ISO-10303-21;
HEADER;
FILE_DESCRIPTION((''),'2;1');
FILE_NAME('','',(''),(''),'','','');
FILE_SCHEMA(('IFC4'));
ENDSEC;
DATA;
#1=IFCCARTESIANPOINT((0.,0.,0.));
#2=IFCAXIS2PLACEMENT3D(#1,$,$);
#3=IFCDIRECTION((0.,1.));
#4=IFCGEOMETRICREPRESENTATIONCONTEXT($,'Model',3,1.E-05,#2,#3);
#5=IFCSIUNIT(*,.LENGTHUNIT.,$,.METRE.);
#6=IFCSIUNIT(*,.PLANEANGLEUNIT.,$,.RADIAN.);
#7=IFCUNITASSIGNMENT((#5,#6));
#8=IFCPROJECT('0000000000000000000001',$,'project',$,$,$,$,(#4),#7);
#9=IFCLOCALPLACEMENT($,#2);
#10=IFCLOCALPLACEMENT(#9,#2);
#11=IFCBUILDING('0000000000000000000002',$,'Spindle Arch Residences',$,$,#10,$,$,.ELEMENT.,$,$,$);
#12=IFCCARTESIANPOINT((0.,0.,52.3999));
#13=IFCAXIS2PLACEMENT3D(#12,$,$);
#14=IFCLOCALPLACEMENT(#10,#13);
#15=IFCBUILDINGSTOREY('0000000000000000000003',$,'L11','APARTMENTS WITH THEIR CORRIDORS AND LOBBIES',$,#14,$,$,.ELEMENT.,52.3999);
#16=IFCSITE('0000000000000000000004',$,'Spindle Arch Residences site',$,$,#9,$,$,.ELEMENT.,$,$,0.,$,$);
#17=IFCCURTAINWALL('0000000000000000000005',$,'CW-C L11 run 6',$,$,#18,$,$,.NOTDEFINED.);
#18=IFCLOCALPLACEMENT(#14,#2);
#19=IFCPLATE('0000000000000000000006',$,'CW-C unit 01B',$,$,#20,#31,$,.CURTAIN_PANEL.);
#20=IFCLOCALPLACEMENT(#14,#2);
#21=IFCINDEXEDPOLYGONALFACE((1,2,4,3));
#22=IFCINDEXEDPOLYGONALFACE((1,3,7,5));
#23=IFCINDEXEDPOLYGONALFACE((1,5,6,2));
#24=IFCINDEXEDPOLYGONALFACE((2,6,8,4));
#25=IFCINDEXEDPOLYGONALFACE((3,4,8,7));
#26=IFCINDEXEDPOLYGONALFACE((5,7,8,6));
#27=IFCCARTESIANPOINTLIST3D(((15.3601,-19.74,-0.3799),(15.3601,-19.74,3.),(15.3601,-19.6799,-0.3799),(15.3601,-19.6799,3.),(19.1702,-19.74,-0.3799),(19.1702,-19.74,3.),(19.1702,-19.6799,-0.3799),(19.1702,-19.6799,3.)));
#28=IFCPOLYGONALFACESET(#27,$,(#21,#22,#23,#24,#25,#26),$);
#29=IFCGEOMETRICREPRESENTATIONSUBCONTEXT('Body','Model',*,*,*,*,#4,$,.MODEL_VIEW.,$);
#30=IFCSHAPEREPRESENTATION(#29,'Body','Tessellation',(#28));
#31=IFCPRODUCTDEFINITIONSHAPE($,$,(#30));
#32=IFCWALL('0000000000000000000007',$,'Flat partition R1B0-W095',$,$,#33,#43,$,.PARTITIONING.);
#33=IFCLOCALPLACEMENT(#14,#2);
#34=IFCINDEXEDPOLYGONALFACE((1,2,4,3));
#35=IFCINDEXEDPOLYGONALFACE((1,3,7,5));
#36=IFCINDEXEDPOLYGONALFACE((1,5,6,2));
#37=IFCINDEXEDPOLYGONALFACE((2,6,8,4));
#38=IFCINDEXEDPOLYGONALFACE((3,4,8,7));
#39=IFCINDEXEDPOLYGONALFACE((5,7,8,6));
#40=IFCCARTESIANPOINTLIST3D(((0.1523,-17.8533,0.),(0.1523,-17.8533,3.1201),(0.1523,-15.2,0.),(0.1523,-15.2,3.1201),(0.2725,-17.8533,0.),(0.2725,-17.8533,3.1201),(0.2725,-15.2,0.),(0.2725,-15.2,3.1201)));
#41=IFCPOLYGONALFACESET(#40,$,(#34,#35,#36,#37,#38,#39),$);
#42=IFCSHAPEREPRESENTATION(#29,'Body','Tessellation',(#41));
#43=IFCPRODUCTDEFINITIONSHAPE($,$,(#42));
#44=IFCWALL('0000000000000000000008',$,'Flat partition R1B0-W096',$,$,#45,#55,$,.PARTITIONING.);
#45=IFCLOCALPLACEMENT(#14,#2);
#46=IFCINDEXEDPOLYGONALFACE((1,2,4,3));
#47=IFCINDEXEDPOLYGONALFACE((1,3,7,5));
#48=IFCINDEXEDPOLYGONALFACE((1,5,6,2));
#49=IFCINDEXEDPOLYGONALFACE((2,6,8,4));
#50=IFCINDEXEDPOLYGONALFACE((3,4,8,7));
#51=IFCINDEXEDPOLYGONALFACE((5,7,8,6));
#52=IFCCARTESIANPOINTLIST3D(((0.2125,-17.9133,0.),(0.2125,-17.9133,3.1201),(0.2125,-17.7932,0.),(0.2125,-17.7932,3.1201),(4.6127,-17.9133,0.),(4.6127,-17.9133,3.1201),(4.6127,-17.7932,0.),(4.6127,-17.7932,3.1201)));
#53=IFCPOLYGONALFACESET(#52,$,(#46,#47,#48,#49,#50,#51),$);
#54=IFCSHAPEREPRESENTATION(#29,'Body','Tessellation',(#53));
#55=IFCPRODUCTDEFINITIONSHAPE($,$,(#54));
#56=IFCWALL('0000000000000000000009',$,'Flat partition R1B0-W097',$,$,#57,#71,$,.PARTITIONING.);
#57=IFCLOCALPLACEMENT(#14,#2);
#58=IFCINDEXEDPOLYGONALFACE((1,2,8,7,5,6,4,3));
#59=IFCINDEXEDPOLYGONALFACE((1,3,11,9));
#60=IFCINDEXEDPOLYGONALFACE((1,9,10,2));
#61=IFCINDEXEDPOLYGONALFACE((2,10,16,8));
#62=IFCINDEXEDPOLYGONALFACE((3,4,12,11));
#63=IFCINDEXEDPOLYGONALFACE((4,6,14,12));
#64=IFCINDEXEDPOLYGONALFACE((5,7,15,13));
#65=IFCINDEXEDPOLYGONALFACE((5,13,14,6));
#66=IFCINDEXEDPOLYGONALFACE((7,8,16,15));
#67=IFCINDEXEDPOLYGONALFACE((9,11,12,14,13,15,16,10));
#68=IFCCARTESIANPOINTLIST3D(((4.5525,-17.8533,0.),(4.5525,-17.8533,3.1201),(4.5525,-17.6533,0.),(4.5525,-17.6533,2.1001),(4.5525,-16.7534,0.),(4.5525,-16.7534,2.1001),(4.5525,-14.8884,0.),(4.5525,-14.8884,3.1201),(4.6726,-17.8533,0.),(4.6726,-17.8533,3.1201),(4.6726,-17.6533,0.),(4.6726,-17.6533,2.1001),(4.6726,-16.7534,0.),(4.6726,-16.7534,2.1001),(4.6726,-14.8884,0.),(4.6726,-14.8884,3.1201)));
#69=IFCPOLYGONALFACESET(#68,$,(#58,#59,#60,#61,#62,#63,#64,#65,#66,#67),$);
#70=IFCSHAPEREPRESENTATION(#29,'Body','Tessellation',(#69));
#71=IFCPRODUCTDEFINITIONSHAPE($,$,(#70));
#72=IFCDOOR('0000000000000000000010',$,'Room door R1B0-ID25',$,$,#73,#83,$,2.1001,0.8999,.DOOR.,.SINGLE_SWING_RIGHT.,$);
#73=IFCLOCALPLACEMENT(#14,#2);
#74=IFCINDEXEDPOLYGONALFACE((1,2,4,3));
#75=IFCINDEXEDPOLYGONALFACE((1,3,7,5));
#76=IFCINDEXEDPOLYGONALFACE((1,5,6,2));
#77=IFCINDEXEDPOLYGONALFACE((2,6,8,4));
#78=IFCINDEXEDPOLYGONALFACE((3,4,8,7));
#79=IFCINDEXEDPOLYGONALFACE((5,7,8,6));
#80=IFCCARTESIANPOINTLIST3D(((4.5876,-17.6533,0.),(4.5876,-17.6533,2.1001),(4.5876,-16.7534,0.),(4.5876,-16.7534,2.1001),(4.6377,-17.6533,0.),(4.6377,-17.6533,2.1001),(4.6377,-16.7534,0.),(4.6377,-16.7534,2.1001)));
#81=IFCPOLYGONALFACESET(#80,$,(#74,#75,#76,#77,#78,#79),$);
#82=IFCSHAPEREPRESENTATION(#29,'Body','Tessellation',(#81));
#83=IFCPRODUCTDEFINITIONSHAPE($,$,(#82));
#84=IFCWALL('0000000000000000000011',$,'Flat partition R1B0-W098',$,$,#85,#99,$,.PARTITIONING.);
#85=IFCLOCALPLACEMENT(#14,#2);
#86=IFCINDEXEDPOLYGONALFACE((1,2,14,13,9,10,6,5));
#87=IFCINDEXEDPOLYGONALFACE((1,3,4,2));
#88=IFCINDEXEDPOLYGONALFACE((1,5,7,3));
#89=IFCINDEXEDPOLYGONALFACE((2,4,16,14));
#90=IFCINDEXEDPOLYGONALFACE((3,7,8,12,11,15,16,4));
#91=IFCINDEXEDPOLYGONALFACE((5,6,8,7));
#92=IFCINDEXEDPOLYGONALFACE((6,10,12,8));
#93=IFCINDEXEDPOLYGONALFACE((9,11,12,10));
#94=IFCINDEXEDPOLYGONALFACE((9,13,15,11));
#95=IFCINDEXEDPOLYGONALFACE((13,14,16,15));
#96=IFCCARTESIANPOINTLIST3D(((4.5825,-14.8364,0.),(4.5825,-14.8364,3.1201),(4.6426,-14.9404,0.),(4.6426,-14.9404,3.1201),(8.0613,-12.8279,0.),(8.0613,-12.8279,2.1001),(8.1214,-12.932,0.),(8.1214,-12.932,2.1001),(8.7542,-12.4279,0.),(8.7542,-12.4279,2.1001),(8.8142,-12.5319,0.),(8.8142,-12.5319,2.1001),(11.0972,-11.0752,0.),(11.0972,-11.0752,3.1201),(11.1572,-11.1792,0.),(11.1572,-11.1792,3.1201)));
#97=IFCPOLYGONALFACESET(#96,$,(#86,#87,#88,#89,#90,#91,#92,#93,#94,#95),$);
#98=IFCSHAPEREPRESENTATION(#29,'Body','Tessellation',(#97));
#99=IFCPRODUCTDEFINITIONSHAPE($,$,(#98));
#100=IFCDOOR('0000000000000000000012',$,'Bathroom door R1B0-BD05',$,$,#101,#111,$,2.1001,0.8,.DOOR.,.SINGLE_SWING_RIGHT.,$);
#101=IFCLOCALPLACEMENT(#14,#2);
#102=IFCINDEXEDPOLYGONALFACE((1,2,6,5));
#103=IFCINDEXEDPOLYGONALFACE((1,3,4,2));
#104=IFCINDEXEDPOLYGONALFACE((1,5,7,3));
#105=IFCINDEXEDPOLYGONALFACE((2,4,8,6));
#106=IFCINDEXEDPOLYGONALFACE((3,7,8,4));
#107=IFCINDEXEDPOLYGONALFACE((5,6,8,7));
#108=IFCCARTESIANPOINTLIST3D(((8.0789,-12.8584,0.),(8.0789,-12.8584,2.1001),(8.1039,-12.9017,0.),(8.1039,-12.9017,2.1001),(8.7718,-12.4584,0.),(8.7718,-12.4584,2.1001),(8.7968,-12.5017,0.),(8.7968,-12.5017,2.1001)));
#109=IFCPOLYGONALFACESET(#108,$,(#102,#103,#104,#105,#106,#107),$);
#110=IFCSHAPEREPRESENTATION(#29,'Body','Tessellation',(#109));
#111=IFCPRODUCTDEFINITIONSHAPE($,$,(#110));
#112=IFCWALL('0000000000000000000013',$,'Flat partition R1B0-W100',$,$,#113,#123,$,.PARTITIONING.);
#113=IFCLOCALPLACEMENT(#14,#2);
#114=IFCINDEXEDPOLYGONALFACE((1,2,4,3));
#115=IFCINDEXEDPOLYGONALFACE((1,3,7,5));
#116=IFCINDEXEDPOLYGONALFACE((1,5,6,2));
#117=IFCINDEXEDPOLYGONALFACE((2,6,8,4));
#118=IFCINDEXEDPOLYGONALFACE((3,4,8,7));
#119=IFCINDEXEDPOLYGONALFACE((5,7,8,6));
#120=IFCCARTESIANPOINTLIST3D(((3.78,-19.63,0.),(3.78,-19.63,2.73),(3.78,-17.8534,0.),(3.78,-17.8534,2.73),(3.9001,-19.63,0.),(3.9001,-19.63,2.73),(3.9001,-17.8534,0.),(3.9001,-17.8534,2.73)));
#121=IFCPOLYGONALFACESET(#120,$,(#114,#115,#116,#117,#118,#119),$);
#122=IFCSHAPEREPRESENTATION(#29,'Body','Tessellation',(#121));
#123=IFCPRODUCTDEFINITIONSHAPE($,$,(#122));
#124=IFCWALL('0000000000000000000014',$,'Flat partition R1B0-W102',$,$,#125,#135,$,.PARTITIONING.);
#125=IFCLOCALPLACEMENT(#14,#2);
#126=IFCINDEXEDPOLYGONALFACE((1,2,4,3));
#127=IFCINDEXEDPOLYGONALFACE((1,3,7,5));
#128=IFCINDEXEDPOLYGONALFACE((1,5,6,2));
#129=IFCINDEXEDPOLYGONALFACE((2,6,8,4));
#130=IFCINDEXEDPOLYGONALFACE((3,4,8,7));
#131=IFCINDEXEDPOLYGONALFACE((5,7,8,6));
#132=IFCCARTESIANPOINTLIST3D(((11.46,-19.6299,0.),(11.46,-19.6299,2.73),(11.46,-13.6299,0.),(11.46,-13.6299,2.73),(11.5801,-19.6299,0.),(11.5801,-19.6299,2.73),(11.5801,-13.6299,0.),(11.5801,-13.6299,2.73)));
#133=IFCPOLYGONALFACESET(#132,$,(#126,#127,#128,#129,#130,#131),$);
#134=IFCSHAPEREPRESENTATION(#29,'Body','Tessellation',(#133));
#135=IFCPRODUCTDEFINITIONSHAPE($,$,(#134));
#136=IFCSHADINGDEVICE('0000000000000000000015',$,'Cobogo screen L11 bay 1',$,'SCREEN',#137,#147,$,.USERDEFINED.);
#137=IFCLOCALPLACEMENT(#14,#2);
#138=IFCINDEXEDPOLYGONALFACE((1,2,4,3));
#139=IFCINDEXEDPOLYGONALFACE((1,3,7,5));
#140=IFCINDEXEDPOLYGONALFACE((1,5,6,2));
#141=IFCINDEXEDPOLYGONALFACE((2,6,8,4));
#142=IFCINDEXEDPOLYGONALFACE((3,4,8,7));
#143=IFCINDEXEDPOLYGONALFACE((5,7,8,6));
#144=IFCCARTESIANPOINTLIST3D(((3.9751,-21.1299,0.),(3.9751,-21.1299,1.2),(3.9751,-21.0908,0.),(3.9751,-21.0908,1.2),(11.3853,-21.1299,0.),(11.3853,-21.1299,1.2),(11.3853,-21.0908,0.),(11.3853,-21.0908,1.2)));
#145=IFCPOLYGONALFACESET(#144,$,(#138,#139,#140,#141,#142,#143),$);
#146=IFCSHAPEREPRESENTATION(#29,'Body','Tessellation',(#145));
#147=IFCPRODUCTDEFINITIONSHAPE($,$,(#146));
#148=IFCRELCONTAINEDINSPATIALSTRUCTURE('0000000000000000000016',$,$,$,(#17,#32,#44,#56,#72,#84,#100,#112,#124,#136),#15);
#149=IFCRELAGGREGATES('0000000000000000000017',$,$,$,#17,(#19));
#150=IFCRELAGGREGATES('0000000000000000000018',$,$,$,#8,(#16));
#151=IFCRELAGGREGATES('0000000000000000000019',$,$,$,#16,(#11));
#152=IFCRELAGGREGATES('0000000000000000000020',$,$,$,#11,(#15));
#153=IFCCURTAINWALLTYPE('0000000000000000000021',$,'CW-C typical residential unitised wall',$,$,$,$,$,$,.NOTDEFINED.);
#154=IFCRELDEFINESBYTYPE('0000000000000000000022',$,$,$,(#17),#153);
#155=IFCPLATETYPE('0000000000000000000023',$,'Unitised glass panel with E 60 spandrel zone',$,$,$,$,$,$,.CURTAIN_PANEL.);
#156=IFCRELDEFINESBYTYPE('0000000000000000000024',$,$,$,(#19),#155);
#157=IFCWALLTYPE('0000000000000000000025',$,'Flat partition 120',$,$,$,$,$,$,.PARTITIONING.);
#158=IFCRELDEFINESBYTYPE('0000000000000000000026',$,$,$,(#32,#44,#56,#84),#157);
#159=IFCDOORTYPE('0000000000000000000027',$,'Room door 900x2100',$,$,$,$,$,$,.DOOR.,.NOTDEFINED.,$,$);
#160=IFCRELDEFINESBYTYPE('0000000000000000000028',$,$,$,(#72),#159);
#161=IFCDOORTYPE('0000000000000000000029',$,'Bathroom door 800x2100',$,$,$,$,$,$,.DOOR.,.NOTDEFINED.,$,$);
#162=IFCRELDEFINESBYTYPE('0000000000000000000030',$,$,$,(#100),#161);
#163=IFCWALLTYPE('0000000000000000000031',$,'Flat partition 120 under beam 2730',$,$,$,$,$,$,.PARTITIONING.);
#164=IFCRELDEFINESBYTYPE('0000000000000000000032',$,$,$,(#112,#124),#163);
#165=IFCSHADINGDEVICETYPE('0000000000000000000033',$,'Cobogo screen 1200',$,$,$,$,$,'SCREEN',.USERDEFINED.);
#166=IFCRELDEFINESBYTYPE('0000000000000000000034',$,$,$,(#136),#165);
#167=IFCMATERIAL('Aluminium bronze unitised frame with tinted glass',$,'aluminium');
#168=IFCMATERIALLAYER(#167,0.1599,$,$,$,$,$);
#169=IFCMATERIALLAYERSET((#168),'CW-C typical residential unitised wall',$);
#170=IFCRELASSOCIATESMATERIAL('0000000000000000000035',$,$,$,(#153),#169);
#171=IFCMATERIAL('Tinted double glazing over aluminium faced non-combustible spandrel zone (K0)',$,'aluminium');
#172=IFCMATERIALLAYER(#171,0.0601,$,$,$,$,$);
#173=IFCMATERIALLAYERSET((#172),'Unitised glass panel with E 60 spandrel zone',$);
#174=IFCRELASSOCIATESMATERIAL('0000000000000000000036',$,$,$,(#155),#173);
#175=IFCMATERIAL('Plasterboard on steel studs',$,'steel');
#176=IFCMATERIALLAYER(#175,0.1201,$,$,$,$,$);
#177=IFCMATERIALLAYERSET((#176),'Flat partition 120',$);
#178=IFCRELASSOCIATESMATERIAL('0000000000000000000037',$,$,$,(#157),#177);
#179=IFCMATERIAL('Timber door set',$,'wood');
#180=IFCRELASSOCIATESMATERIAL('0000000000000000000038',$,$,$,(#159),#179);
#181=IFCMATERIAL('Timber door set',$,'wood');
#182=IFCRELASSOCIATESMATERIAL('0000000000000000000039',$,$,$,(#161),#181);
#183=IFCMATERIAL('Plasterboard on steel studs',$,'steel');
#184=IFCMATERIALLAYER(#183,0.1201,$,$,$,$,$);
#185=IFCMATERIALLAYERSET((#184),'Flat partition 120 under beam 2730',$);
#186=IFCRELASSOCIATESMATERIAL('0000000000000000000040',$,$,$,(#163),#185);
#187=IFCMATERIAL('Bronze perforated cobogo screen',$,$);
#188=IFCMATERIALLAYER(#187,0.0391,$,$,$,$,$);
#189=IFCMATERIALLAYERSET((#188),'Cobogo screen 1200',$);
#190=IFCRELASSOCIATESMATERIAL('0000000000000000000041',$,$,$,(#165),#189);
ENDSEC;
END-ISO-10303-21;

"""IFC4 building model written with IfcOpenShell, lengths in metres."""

from ifc_helpers import new_model, si_unit, direction, frame, frame_2d, origin, origin_2d, place, context, subcontext, project, spatial, rectangle, extrude, material, layer, layer_set, type_object, element, fill, aggregate, save


model = new_model("IFC4")

# Units and contexts
model_context = context("Model", 3, precision=1e-05, world=origin(), true_north=direction((0.0, 1.0)))
body_context = subcontext(model_context, "Body", "Model", "MODEL_VIEW")
ifc_project = project(units=[si_unit("LENGTHUNIT", "METRE"), si_unit("PLANEANGLEUNIT", "RADIAN")], contexts=[model_context])

# Site, building, storey
site_placement = place(None, origin())
site = spatial("IfcSite", under=ifc_project, at=site_placement, Name="Spindle Arch Residences site", CompositionType="ELEMENT", RefElevation=0.0)
building_placement = place(site_placement, origin())
building = spatial("IfcBuilding", under=site, at=building_placement, Name="Spindle Arch Residences", CompositionType="ELEMENT")
storey_placement = place(building_placement, frame((0.0, 0.0, 52.3999)))
storey = spatial("IfcBuildingStorey", under=building, at=storey_placement, Name="L11", Description="APARTMENTS WITH THEIR CORRIDORS AND LOBBIES", CompositionType="ELEMENT", Elevation=52.3999)

# Curtain wall
ifc_material_1 = material(Name="Aluminium bronze unitised frame with tinted glass", Category="aluminium")
ifc_layer_1 = layer(ifc_material_1, 0.1599)
ifc_layer_set_1 = layer_set([ifc_layer_1], Name="CW-C typical residential unitised wall")
curtain_wall_type = type_object("IfcCurtainWallType", Name="CW-C typical residential unitised wall", PredefinedType="NOTDEFINED", material=ifc_layer_set_1)
curtain_wall_placement = place(storey_placement, origin())
curtain_wall = element("IfcCurtainWall", 1, at=curtain_wall_placement, inside=storey, type_object=curtain_wall_type, Name="CW-C L11 run 6", PredefinedType="NOTDEFINED")

# Plate
ifc_material_2 = material(Name="Tinted double glazing over aluminium faced non-combustible spandrel zone (K0)", Category="aluminium")
ifc_layer_2 = layer(ifc_material_2, 0.0601)
ifc_layer_set_2 = layer_set([ifc_layer_2], Name="Unitised glass panel with E 60 spandrel zone")
plate_type = type_object("IfcPlateType", Name="Unitised glass panel with E 60 spandrel zone", PredefinedType="CURTAIN_PANEL", material=ifc_layer_set_2)
plate_1_placement = place(storey_placement, frame((17.2651, -19.71, -0.3799), z_axis=(0.0, 0.0, 1.0), x_axis=(1.0, 0.0, 0.0)))
plate_1 = element("IfcPlate", 2, at=plate_1_placement, type_object=plate_type, Name="CW-C unit 01B", PredefinedType="CURTAIN_PANEL", context=body_context, shape_type="SweptSolid", body=[
    extrude(rectangle(XDim=3.8101, YDim=0.0601, at=origin_2d()), origin(), (0.0, 0.0, 1.0), 3.3799),
])
aggregate(curtain_wall, [plate_1])

# Walls
ifc_material_3 = material(Name="Plasterboard on steel studs", Category="steel")
ifc_layer_3 = layer(ifc_material_3, 0.1201)
ifc_layer_set_3 = layer_set([ifc_layer_3], Name="Flat partition 120")
wall_type_1 = type_object("IfcWallType", Name="Flat partition 120", PredefinedType="PARTITIONING", material=ifc_layer_set_3)
wall_1_placement = place(storey_placement, frame((0.2124, -15.2, 0.0), z_axis=(0.0, 0.0, 1.0), x_axis=(0.0, -1.0, 0.0)))
element("IfcWall", 3, at=wall_1_placement, inside=storey, type_object=wall_type_1, Name="Flat partition R1B0-W095", PredefinedType="PARTITIONING", context=body_context, shape_type="SweptSolid", body=[
    extrude(rectangle(XDim=2.6533, YDim=0.1201, at=frame_2d((1.3267, 0.0))), origin(), (0.0, 0.0, 1.0), 3.1201),
])
wall_2_placement = place(storey_placement, frame((0.2124, -17.8533, 0.0), z_axis=(0.0, 0.0, 1.0), x_axis=(1.0, 0.0, 0.0)))
element("IfcWall", 4, at=wall_2_placement, inside=storey, type_object=wall_type_1, Name="Flat partition R1B0-W096", PredefinedType="PARTITIONING", context=body_context, shape_type="SweptSolid", body=[
    extrude(rectangle(XDim=4.4001, YDim=0.1201, at=frame_2d((2.2002, 0.0))), origin(), (0.0, 0.0, 1.0), 3.1201),
])

# Walls, openings, doors
wall_3_placement = place(storey_placement, frame((4.6125, -17.8533, 0.0), z_axis=(0.0, 0.0, 1.0), x_axis=(0.0, 1.0, 0.0)))
wall_3 = element("IfcWall", 5, at=wall_3_placement, inside=storey, type_object=wall_type_1, Name="Flat partition R1B0-W097", PredefinedType="PARTITIONING", context=body_context, shape_type="SweptSolid", body=[
    extrude(rectangle(XDim=2.9648, YDim=0.1201, at=frame_2d((1.4824, 0.0))), origin(), (0.0, 0.0, 1.0), 3.1201),
])
opening_1_placement = place(wall_3_placement, frame((0.2, 0.0, 0.0)))
opening_1 = element("IfcOpeningElement", 6, at=opening_1_placement, cuts=wall_3, PredefinedType="OPENING", context=body_context, shape_type="SweptSolid", body=[
    extrude(rectangle(XDim=0.8999, YDim=2.1001, at=frame_2d((0.45, 1.05))), frame((0.0, 0.0701, 0.0), z_axis=(0.0, -1.0, 0.0), x_axis=(1.0, 0.0, 0.0)), (0.0, 0.0, 1.0), 0.1401),
])
ifc_material_4 = material(Name="Timber door set", Category="wood")
door_type_1 = type_object("IfcDoorType", Name="Room door 900x2100", OperationType="NOTDEFINED", PredefinedType="DOOR", material=ifc_material_4)
door_1_placement = place(opening_1_placement, origin())
door_1 = element("IfcDoor", 7, at=door_1_placement, inside=storey, type_object=door_type_1, Name="Room door R1B0-ID25", OperationType="SINGLE_SWING_RIGHT", OverallHeight=2.1001, OverallWidth=0.8999, PredefinedType="DOOR", context=body_context, shape_type="SweptSolid", body=[
    extrude(rectangle(XDim=0.8999, YDim=2.1001, at=frame_2d((0.45, 1.05))), frame((0.0, 0.0249, 0.0), z_axis=(0.0, -1.0, 0.0), x_axis=(1.0, 0.0, 0.0)), (0.0, 0.0, 1.0), 0.05),
])
fill(opening_1, door_1)
wall_4_placement = place(storey_placement, frame((4.6125, -14.8884, 0.0), z_axis=(0.0, 0.0, 1.0), x_axis=(0.866026, 0.5, 0.0)))
wall_4 = element("IfcWall", 8, at=wall_4_placement, inside=storey, type_object=wall_type_1, Name="Flat partition R1B0-W098", PredefinedType="PARTITIONING", context=body_context, shape_type="SweptSolid", body=[
    extrude(rectangle(XDim=7.5225, YDim=0.1201, at=frame_2d((3.7612, 0.0))), origin(), (0.0, 0.0, 1.0), 3.1201),
])
opening_2_placement = place(wall_4_placement, frame((4.0171, 0.0, 0.0)))
opening_2 = element("IfcOpeningElement", 9, at=opening_2_placement, cuts=wall_4, PredefinedType="OPENING", context=body_context, shape_type="SweptSolid", body=[
    extrude(rectangle(XDim=0.8, YDim=2.1001, at=frame_2d((0.3999, 1.05))), frame((0.0, 0.0701, 0.0), z_axis=(0.0, -1.0, 0.0), x_axis=(1.0, 0.0, 0.0)), (0.0, 0.0, 1.0), 0.1401),
])
ifc_material_5 = material(Name="Timber door set", Category="wood")
door_type_2 = type_object("IfcDoorType", Name="Bathroom door 800x2100", OperationType="NOTDEFINED", PredefinedType="DOOR", material=ifc_material_5)
door_2_placement = place(opening_2_placement, origin())
door_2 = element("IfcDoor", 10, at=door_2_placement, inside=storey, type_object=door_type_2, Name="Bathroom door R1B0-BD05", OperationType="SINGLE_SWING_RIGHT", OverallHeight=2.1001, OverallWidth=0.8, PredefinedType="DOOR", context=body_context, shape_type="SweptSolid", body=[
    extrude(rectangle(XDim=0.8, YDim=2.1001, at=frame_2d((0.3999, 1.05))), frame((0.0, 0.0249, 0.0), z_axis=(0.0, -1.0, 0.0), x_axis=(1.0, 0.0, 0.0)), (0.0, 0.0, 1.0), 0.05),
])
fill(opening_2, door_2)

# Walls
ifc_material_6 = material(Name="Plasterboard on steel studs", Category="steel")
ifc_layer_4 = layer(ifc_material_6, 0.1201)
ifc_layer_set_4 = layer_set([ifc_layer_4], Name="Flat partition 120 under beam 2730")
wall_type_2 = type_object("IfcWallType", Name="Flat partition 120 under beam 2730", PredefinedType="PARTITIONING", material=ifc_layer_set_4)
wall_5_placement = place(storey_placement, frame((3.8401, -19.6299, 0.0), z_axis=(0.0, 0.0, 1.0), x_axis=(0.0, 1.0, 0.0)))
element("IfcWall", 11, at=wall_5_placement, inside=storey, type_object=wall_type_2, Name="Flat partition R1B0-W100", PredefinedType="PARTITIONING", context=body_context, shape_type="SweptSolid", body=[
    extrude(rectangle(XDim=1.7766, YDim=0.1201, at=frame_2d((0.8882, 0.0))), origin(), (0.0, 0.0, 1.0), 2.73),
])
wall_6_placement = place(storey_placement, frame((11.52, -19.6299, 0.0), z_axis=(0.0, 0.0, 1.0), x_axis=(0.0, 1.0, 0.0)))
element("IfcWall", 12, at=wall_6_placement, inside=storey, type_object=wall_type_2, Name="Flat partition R1B0-W102", PredefinedType="PARTITIONING", context=body_context, shape_type="SweptSolid", body=[
    extrude(rectangle(XDim=6.0, YDim=0.1201, at=frame_2d((3.0, 0.0))), origin(), (0.0, 0.0, 1.0), 2.73),
])

# Shading device
ifc_material_7 = material(Name="Bronze perforated cobogo screen")
ifc_layer_5 = layer(ifc_material_7, 0.0391)
ifc_layer_set_5 = layer_set([ifc_layer_5], Name="Cobogo screen 1200")
shading_device_type = type_object("IfcShadingDeviceType", Name="Cobogo screen 1200", ElementType="SCREEN", PredefinedType="USERDEFINED", material=ifc_layer_set_5)
shading_device_placement = place(storey_placement, frame((7.6802, -21.1104, 0.0), z_axis=(0.0, 0.0, 1.0), x_axis=(1.0, 0.0, 0.0)))
element("IfcShadingDevice", 13, at=shading_device_placement, inside=storey, type_object=shading_device_type, Name="Cobogo screen L11 bay 1", ObjectType="SCREEN", PredefinedType="USERDEFINED", context=body_context, shape_type="SweptSolid", body=[
    extrude(rectangle(XDim=7.4102, YDim=0.0391, at=origin_2d()), origin(), (0.0, 0.0, 1.0), 1.2),
])

save(model, "model.ifc")
